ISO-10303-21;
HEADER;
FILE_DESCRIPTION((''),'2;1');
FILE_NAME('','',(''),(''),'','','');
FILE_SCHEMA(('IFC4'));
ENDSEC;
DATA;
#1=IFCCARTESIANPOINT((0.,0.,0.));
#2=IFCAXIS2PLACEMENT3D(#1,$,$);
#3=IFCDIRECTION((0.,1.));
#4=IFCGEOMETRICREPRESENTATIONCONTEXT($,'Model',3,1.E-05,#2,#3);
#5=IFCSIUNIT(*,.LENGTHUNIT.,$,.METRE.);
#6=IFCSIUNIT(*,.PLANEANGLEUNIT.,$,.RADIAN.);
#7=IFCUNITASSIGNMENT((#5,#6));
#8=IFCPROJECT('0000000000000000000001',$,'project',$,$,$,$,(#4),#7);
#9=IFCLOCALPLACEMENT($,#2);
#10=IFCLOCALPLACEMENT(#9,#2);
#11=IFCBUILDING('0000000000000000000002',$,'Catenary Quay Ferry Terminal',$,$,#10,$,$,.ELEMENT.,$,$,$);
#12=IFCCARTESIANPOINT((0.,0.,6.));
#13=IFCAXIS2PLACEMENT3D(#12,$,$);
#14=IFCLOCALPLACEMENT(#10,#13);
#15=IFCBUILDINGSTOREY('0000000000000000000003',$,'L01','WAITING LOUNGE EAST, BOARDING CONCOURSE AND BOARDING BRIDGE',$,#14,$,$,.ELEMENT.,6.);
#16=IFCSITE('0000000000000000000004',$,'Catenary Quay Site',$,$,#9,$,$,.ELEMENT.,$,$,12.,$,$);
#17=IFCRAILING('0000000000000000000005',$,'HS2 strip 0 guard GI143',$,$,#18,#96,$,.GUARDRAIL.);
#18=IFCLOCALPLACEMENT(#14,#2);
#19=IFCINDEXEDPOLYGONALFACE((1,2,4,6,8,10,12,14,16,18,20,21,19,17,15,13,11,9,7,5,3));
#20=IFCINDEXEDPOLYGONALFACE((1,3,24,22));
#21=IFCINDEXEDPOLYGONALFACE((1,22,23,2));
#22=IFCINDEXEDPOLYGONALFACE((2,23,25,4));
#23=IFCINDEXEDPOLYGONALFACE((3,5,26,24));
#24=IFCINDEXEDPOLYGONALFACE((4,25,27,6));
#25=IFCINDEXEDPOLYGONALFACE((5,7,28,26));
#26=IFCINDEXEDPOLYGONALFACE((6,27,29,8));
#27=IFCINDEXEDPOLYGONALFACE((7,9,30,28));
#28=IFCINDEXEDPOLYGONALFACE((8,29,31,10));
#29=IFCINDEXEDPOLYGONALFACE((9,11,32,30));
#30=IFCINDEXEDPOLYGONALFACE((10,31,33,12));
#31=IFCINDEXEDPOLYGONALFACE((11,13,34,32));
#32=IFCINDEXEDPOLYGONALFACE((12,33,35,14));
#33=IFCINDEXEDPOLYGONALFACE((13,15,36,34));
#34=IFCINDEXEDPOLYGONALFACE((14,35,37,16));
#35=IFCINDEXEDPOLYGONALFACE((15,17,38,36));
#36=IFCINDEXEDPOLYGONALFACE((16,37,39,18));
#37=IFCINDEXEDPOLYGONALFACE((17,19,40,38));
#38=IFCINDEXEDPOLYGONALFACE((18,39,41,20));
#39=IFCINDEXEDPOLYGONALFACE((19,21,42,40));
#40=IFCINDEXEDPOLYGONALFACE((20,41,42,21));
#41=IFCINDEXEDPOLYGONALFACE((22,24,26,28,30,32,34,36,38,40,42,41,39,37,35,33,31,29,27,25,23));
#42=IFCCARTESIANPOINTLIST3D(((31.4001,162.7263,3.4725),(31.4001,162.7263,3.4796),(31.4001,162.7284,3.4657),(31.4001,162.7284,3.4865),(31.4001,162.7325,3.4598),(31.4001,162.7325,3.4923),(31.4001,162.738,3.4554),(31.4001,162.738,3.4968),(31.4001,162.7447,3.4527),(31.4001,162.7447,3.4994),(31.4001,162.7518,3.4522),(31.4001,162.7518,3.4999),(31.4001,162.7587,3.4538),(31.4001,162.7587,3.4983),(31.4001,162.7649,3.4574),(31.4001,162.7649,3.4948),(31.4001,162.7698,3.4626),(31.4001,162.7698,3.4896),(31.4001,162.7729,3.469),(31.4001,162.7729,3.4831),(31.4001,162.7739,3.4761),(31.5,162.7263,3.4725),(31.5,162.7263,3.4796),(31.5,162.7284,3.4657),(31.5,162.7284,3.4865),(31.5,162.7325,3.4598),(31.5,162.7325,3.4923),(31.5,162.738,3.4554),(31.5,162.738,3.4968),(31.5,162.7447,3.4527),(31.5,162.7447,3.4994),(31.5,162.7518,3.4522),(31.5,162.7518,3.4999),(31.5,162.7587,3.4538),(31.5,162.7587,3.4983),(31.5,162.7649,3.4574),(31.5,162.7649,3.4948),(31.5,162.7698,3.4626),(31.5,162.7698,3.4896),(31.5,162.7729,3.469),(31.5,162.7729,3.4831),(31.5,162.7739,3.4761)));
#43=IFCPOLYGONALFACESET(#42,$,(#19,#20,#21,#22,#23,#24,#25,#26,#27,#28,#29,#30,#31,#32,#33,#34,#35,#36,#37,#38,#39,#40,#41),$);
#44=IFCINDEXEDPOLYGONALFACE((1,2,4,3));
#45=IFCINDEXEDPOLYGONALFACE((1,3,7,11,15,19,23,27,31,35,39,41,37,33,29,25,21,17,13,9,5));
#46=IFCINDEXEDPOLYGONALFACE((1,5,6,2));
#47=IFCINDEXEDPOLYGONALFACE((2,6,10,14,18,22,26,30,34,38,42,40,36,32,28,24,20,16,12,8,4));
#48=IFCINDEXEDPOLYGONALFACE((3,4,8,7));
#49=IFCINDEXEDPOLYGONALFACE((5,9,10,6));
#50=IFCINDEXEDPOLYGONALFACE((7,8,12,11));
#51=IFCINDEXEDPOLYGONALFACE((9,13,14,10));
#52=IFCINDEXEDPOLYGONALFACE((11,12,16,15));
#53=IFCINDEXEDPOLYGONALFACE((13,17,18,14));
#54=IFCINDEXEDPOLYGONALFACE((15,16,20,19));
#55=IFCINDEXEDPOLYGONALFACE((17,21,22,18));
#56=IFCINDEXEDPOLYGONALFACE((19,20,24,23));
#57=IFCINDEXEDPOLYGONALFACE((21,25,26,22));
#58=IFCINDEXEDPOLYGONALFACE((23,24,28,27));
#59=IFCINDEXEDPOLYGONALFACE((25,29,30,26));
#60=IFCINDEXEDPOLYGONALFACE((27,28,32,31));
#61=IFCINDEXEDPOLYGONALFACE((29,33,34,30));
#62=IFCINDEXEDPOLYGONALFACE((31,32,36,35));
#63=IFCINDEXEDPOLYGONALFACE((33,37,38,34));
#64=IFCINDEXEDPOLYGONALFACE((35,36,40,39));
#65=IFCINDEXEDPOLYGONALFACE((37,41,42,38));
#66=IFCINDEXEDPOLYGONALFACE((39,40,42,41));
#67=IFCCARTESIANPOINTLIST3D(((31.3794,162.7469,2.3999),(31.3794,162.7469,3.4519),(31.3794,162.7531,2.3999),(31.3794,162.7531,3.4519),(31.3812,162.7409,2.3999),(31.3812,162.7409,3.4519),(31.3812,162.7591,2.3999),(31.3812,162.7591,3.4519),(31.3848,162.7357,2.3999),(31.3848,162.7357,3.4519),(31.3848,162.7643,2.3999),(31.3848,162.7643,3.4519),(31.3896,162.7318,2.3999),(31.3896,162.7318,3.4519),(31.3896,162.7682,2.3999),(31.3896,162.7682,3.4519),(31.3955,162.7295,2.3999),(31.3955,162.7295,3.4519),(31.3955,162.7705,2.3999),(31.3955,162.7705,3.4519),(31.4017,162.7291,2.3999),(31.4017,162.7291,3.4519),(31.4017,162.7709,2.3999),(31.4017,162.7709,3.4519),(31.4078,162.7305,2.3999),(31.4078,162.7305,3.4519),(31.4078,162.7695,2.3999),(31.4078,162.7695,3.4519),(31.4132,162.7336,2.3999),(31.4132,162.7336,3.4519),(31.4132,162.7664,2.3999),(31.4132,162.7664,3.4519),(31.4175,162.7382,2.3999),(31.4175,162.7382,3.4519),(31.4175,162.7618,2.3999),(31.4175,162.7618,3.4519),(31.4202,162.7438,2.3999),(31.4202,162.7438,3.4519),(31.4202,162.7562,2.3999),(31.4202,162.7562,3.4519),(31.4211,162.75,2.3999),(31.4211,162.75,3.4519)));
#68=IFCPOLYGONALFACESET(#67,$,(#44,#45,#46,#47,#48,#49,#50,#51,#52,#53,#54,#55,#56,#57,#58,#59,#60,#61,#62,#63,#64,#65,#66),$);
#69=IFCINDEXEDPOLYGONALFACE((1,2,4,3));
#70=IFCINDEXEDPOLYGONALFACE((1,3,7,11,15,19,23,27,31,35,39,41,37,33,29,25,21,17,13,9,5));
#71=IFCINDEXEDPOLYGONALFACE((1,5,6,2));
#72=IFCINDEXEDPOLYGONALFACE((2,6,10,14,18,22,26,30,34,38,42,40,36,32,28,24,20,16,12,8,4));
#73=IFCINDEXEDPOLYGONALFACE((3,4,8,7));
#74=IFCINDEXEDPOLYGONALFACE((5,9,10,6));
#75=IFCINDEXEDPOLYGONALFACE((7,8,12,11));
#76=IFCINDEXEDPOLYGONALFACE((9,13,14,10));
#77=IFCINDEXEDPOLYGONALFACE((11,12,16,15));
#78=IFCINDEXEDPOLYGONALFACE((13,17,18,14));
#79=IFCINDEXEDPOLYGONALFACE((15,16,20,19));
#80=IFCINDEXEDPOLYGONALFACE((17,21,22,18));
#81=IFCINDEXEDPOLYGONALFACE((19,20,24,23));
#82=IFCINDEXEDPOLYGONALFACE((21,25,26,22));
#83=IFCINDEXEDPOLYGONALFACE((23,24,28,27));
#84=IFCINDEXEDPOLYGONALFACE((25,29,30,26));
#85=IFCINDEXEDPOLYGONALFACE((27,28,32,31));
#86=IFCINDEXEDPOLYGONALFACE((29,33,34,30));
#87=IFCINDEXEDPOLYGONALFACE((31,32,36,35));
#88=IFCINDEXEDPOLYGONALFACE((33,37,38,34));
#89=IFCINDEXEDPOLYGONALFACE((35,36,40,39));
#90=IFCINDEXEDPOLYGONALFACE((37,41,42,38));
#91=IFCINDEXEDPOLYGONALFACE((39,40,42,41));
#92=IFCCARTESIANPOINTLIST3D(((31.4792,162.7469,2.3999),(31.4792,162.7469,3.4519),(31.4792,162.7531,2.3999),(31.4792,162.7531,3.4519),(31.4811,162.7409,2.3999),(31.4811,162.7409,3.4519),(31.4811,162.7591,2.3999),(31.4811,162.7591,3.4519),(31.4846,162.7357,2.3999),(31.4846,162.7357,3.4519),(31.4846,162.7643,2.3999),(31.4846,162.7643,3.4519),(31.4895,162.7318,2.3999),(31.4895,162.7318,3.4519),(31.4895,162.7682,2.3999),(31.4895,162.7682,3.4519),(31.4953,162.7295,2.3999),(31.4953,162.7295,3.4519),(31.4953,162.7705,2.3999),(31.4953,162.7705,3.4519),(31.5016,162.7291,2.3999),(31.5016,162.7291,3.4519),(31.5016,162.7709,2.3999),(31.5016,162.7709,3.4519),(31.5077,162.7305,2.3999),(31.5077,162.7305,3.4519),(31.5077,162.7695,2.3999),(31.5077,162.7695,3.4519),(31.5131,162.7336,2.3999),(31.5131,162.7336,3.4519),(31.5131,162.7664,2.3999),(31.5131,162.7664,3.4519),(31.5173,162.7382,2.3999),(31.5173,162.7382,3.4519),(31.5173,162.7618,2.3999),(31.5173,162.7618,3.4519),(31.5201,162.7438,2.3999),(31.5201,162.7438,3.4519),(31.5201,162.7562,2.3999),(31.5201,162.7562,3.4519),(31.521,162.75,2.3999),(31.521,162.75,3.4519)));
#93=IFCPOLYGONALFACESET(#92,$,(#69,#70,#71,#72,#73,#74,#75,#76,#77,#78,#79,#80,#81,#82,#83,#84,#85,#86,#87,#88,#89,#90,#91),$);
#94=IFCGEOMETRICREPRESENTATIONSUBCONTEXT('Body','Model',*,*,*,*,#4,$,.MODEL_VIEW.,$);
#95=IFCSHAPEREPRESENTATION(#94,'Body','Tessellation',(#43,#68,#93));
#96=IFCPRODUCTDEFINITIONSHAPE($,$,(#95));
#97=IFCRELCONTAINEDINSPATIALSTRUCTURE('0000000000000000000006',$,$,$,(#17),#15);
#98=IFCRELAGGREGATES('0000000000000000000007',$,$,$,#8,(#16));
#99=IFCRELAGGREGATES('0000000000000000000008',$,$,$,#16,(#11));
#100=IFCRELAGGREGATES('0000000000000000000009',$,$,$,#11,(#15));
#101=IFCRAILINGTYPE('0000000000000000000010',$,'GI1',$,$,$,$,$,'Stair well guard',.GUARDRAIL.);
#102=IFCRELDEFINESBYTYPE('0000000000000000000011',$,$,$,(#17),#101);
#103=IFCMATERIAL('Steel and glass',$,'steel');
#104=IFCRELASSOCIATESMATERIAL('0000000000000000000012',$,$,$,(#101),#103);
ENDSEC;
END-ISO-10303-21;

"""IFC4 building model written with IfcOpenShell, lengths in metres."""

from ifc_helpers import new_model, si_unit, direction, frame, origin, origin_2d, place, context, subcontext, project, spatial, circle, extrude, material, type_object, element, save


model = new_model("IFC4")

# Units and contexts
model_context = context("Model", 3, precision=1e-05, world=origin(), true_north=direction((0.0, 1.0)))
body_context = subcontext(model_context, "Body", "Model", "MODEL_VIEW")
ifc_project = project(units=[si_unit("LENGTHUNIT", "METRE"), si_unit("PLANEANGLEUNIT", "RADIAN")], contexts=[model_context])

# Site, building, storey
site_placement = place(None, origin())
site = spatial("IfcSite", under=ifc_project, at=site_placement, Name="Catenary Quay Site", CompositionType="ELEMENT", RefElevation=12.0)
building_placement = place(site_placement, origin())
building = spatial("IfcBuilding", under=site, at=building_placement, Name="Catenary Quay Ferry Terminal", CompositionType="ELEMENT")
storey_placement = place(building_placement, frame((0.0, 0.0, 6.0)))
storey = spatial("IfcBuildingStorey", under=building, at=storey_placement, Name="L01", Description="WAITING LOUNGE EAST, BOARDING CONCOURSE AND BOARDING BRIDGE", CompositionType="ELEMENT", Elevation=6.0)

# Railing
ifc_material_1 = material(Name="Steel and glass", Category="steel")
railing_type_1 = type_object("IfcRailingType", Name="GI1", ElementType="Stair well guard", PredefinedType="GUARDRAIL", material=ifc_material_1)
railing_1_placement = place(storey_placement, frame((31.4001, 162.75, 2.3999)))
element("IfcRailing", 1, at=railing_1_placement, inside=storey, type_object=railing_type_1, Name="HS2 strip 0 guard GI143", PredefinedType="GUARDRAIL", context=body_context, shape_type="SweptSolid", body=[
    extrude(circle(Radius=0.0239, at=origin_2d()), frame((0.0, 0.0, 1.0762), z_axis=(1.0, 0.0, 0.0), x_axis=(0.0, 1.0, 0.0)), (0.0, 0.0, 1.0), 0.0999),
    extrude(circle(Radius=0.021, at=origin_2d()), origin(), (0.0, 0.0, 1.0), 1.052),
    extrude(circle(Radius=0.021, at=origin_2d()), frame((0.0999, 0.0, 0.0)), (0.0, 0.0, 1.0), 1.052),
])

save(model, "model.ifc")
